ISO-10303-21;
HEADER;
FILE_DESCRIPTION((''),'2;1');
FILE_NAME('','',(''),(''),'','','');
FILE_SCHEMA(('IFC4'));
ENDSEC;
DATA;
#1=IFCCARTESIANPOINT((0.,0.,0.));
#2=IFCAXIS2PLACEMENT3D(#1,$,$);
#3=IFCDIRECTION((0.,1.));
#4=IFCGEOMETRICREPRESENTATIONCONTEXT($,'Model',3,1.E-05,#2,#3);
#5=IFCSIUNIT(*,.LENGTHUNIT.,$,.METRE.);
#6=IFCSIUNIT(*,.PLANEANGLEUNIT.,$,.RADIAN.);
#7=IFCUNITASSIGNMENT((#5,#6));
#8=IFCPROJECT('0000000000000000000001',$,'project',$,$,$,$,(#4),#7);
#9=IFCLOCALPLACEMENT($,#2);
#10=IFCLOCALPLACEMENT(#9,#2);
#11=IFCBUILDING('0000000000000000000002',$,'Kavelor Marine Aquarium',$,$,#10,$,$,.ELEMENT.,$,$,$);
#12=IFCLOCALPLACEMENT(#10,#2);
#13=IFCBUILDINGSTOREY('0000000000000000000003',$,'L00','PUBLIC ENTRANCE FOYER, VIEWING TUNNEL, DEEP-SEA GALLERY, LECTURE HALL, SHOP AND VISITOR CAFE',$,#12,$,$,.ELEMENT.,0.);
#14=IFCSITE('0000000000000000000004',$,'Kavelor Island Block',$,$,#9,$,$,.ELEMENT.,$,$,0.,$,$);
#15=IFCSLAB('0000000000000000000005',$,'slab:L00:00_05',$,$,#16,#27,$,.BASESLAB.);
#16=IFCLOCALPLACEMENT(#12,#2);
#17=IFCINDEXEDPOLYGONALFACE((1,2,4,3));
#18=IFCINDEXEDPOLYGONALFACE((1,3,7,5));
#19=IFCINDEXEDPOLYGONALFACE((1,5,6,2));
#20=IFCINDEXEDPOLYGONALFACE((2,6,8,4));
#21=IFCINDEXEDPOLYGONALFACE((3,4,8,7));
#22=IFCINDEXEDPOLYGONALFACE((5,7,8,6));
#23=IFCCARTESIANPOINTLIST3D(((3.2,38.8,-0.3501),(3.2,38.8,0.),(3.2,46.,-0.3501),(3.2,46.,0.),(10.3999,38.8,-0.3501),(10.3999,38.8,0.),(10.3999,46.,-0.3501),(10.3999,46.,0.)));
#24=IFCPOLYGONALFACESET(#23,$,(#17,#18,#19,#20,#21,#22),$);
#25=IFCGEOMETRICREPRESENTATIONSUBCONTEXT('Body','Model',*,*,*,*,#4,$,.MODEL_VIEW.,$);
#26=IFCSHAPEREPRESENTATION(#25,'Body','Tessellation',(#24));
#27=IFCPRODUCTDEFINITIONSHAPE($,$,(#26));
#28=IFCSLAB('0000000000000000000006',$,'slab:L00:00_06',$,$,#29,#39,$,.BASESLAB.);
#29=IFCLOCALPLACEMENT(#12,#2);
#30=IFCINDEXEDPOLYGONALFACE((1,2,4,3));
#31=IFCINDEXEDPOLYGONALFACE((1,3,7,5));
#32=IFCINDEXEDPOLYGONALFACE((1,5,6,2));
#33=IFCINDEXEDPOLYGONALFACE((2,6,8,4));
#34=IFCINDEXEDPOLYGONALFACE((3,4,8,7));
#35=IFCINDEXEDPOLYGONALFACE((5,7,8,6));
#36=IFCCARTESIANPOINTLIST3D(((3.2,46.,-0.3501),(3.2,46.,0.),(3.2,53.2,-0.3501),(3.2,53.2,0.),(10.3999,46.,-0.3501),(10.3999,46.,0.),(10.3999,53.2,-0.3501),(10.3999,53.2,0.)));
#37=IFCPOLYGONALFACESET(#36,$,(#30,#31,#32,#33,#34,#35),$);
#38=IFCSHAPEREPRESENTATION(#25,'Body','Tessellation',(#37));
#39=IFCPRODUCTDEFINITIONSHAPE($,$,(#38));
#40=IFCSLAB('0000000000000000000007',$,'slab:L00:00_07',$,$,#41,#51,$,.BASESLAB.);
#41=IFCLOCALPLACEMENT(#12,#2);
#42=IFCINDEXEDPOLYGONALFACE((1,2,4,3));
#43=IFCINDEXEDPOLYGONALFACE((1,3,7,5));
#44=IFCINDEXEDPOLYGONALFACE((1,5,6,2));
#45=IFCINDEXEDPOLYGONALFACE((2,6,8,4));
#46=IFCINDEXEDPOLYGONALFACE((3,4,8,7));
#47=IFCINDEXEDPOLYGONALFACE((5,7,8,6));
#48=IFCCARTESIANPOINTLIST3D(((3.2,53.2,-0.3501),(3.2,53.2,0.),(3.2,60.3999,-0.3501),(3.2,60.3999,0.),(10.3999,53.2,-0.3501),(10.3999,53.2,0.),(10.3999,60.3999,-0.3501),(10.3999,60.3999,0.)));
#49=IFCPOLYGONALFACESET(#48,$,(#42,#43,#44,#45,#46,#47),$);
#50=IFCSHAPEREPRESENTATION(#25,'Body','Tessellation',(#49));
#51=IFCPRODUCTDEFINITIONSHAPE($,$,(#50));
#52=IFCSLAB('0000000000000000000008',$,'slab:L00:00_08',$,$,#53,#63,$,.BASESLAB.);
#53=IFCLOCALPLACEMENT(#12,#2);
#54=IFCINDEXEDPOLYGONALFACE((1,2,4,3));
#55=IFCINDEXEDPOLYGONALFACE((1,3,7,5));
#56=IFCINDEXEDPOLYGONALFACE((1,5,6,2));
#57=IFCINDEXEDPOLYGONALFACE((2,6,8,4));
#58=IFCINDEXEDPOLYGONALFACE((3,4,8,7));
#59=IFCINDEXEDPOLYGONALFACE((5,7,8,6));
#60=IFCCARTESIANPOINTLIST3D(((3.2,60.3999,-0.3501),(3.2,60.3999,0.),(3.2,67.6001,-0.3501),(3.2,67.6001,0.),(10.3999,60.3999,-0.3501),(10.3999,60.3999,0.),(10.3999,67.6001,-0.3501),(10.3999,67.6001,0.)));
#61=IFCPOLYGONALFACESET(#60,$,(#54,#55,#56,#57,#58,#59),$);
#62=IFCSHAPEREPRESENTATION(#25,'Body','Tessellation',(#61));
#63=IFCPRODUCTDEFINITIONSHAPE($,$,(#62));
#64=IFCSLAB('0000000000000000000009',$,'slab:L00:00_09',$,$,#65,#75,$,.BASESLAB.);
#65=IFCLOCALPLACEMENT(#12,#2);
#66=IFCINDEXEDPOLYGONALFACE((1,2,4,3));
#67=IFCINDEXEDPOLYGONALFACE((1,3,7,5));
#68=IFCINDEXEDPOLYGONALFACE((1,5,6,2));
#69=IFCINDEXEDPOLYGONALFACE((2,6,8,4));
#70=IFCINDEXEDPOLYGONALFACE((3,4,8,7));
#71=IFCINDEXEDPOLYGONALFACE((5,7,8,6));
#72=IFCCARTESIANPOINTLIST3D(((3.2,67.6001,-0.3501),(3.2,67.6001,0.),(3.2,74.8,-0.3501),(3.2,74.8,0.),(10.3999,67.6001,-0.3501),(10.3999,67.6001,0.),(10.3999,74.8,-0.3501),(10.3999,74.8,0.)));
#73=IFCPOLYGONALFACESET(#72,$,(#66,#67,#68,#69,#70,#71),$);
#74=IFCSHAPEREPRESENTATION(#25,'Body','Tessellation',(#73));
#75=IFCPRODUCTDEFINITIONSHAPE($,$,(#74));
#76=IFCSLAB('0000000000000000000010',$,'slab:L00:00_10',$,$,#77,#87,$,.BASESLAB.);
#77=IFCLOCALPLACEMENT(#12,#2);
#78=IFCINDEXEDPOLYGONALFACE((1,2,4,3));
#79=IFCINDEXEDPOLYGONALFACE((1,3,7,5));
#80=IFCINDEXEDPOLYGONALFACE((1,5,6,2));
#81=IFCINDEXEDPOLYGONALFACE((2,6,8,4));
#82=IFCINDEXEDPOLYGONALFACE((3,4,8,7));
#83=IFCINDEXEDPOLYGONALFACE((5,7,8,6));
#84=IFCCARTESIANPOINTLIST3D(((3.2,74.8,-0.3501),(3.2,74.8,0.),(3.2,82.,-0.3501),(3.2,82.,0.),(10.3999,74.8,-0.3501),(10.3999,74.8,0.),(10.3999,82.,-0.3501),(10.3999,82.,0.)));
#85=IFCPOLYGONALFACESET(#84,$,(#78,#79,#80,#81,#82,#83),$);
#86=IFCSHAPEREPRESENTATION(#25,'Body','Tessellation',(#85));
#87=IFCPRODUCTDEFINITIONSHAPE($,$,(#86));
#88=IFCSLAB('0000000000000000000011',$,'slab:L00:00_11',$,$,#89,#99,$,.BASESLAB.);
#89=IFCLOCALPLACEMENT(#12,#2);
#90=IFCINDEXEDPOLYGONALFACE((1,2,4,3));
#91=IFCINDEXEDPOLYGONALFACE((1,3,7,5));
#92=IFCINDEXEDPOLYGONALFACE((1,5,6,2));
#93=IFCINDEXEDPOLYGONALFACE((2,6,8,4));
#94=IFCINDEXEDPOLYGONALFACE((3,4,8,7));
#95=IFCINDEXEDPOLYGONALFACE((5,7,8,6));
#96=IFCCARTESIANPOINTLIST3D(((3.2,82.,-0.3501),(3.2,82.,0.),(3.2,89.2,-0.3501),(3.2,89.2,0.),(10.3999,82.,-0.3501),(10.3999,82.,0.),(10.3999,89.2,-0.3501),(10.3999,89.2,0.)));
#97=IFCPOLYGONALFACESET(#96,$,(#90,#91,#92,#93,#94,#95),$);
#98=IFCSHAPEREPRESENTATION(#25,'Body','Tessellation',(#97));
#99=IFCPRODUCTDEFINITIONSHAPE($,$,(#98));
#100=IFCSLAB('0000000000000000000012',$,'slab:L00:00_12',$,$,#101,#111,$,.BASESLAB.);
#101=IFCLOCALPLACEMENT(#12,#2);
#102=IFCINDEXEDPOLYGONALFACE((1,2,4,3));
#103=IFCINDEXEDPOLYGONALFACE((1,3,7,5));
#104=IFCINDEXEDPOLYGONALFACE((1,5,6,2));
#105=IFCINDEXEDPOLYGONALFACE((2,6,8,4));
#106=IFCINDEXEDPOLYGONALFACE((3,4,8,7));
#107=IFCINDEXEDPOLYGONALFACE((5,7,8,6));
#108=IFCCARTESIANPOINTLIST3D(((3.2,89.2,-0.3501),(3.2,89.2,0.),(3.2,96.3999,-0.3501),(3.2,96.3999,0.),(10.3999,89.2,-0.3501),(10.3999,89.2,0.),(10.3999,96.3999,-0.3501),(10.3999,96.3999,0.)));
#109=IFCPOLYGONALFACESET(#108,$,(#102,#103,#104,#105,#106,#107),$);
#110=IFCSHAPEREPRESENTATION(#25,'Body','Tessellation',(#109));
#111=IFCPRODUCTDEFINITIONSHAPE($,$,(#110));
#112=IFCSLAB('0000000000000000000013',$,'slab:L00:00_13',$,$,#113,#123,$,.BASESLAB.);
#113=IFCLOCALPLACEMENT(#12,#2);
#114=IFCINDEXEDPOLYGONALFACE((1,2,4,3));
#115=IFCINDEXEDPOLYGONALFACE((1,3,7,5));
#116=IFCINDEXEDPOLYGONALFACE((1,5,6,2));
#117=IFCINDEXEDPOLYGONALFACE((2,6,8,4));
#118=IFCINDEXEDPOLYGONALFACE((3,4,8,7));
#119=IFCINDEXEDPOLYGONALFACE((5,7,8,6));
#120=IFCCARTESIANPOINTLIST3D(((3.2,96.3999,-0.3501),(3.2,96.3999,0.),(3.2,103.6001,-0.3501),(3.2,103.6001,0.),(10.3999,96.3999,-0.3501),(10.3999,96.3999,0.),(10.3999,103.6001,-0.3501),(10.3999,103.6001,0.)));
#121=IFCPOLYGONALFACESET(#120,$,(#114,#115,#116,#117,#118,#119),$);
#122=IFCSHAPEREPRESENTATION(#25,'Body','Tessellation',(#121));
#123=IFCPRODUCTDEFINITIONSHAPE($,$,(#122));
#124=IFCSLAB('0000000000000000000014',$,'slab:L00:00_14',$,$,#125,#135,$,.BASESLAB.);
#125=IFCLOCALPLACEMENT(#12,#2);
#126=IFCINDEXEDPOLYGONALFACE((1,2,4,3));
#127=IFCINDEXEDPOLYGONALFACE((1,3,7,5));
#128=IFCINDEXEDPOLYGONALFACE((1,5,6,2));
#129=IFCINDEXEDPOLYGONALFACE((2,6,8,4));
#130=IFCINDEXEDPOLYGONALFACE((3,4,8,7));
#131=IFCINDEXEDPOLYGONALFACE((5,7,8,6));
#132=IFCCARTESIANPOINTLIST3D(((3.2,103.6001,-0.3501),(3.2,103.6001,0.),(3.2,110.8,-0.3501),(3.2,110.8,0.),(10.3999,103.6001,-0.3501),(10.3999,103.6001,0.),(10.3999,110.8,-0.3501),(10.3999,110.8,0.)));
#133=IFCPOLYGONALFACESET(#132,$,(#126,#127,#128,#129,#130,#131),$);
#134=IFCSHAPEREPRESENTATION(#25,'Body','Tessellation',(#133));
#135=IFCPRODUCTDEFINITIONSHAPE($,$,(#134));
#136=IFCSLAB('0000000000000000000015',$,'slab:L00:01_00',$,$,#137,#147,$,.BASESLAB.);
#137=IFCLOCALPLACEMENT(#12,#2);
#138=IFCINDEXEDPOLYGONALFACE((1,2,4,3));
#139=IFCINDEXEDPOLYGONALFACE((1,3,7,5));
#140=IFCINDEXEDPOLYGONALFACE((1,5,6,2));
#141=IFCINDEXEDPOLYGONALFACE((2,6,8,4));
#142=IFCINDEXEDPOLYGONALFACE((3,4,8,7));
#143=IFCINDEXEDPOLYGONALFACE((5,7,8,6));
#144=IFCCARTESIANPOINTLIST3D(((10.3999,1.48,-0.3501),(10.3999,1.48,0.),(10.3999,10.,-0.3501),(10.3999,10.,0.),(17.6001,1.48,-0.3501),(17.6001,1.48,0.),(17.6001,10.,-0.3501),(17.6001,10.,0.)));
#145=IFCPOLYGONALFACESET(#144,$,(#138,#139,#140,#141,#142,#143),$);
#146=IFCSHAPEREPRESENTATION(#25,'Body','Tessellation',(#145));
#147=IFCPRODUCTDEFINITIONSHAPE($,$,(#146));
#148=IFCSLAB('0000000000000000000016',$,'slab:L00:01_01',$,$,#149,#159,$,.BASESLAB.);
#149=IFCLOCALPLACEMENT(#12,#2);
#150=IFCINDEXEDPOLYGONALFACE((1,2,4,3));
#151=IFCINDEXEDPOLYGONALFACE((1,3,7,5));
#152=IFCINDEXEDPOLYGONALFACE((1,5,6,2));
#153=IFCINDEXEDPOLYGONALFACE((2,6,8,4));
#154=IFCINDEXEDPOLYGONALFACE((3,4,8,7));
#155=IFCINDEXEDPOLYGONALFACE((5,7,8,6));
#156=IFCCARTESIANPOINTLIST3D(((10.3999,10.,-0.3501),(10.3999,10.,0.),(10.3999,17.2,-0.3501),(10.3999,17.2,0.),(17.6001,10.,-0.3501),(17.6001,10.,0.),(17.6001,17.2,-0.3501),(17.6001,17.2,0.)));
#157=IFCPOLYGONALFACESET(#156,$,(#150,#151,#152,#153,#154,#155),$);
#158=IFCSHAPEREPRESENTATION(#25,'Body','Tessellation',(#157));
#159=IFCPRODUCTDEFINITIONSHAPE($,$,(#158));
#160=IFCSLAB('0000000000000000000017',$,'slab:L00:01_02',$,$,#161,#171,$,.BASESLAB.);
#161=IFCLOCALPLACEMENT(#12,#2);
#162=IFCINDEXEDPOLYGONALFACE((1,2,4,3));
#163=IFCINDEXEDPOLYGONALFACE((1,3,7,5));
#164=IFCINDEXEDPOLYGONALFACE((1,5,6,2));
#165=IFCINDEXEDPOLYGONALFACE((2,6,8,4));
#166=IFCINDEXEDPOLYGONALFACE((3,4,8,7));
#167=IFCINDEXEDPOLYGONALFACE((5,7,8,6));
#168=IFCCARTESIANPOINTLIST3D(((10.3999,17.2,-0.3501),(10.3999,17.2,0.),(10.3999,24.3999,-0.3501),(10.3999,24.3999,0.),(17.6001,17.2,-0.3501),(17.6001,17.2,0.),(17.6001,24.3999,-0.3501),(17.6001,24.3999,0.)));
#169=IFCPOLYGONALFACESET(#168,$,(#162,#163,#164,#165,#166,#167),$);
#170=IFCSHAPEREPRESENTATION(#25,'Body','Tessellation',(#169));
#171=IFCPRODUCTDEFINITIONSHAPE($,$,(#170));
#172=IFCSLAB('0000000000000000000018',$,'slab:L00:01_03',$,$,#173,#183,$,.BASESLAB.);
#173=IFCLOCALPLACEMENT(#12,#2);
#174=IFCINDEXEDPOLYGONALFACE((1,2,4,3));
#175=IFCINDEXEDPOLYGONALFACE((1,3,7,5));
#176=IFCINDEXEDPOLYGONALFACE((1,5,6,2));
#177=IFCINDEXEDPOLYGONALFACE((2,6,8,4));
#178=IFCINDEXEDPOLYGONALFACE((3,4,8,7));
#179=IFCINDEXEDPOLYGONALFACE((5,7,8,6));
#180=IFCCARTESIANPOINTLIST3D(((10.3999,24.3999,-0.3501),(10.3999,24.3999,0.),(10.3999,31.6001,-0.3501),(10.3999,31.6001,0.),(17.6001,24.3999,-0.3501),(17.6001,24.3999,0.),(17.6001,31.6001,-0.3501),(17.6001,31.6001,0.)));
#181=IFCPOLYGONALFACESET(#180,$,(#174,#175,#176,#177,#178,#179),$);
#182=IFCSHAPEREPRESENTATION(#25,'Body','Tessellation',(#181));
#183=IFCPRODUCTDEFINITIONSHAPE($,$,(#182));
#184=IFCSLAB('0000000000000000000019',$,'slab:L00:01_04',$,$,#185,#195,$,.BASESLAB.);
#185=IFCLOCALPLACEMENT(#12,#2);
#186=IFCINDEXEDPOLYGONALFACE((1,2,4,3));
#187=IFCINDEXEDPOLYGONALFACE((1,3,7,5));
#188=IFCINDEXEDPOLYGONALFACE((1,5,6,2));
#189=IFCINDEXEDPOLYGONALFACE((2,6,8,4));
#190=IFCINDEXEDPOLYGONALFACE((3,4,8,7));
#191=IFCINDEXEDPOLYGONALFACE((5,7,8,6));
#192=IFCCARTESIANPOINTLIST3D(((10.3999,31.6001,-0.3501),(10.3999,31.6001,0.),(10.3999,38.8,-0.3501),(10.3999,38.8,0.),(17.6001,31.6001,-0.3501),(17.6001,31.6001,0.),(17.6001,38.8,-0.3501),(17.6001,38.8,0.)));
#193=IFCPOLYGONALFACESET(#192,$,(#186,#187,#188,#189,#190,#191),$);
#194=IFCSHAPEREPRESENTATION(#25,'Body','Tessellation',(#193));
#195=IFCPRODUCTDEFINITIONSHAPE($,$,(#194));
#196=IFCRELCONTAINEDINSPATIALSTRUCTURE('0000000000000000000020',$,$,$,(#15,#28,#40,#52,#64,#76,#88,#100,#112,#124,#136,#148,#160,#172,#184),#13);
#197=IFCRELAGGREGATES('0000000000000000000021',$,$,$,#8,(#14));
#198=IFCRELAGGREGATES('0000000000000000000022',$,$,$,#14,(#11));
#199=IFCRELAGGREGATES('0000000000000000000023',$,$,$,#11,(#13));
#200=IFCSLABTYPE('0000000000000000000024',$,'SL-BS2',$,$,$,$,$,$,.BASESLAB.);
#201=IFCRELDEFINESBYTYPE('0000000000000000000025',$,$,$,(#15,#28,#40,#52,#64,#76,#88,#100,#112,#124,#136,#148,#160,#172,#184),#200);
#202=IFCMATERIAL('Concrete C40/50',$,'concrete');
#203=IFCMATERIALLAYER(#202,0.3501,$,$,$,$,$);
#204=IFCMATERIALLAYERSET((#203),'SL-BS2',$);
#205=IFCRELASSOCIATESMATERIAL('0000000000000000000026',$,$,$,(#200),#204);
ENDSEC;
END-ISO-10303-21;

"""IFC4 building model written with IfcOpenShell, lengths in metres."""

from ifc_helpers import new_model, si_unit, direction, frame, origin, place, context, subcontext, project, spatial, polyline, outline, extrude, material, layer, layer_set, type_object, element, save


model = new_model("IFC4")

# Units and contexts
model_context = context("Model", 3, precision=1e-05, world=origin(), true_north=direction((0.0, 1.0)))
body_context = subcontext(model_context, "Body", "Model", "MODEL_VIEW")
ifc_project = project(units=[si_unit("LENGTHUNIT", "METRE"), si_unit("PLANEANGLEUNIT", "RADIAN")], contexts=[model_context])

# Site, building, storey
site_placement = place(None, origin())
site = spatial("IfcSite", under=ifc_project, at=site_placement, Name="Kavelor Island Block", CompositionType="ELEMENT", RefElevation=0.0)
building_placement = place(site_placement, origin())
building = spatial("IfcBuilding", under=site, at=building_placement, Name="Kavelor Marine Aquarium", CompositionType="ELEMENT")
storey_placement = place(building_placement, origin())
storey = spatial("IfcBuildingStorey", under=building, at=storey_placement, Name="L00", Description="PUBLIC ENTRANCE FOYER, VIEWING TUNNEL, DEEP-SEA GALLERY, LECTURE HALL, SHOP AND VISITOR CAFE", CompositionType="ELEMENT", Elevation=0.0)

# Slabs
ifc_material = material(Name="Concrete C40/50", Category="concrete")
ifc_layer = layer(ifc_material, 0.3501)
ifc_layer_set = layer_set([ifc_layer], Name="SL-BS2")
slab_type = type_object("IfcSlabType", Name="SL-BS2", PredefinedType="BASESLAB", material=ifc_layer_set)
slab_1_placement = place(storey_placement, frame((0.0, 0.0, -0.3501)))
element("IfcSlab", 1, at=slab_1_placement, inside=storey, type_object=slab_type, Name="slab:L00:00_05", PredefinedType="BASESLAB", context=body_context, shape_type="SweptSolid", body=[
    extrude(outline(polyline([(3.2, 38.8), (10.3999, 38.8), (10.3999, 46.0), (3.2, 46.0), (3.2, 38.8)])), origin(), (0.0, 0.0, 1.0), 0.3501),
])
slab_2_placement = place(storey_placement, frame((0.0, 0.0, -0.3501)))
element("IfcSlab", 2, at=slab_2_placement, inside=storey, type_object=slab_type, Name="slab:L00:00_06", PredefinedType="BASESLAB", context=body_context, shape_type="SweptSolid", body=[
    extrude(outline(polyline([(3.2, 46.0), (10.3999, 46.0), (10.3999, 53.2), (3.2, 53.2), (3.2, 46.0)])), origin(), (0.0, 0.0, 1.0), 0.3501),
])
slab_3_placement = place(storey_placement, frame((0.0, 0.0, -0.3501)))
element("IfcSlab", 3, at=slab_3_placement, inside=storey, type_object=slab_type, Name="slab:L00:00_07", PredefinedType="BASESLAB", context=body_context, shape_type="SweptSolid", body=[
    extrude(outline(polyline([(3.2, 53.2), (10.3999, 53.2), (10.3999, 60.3999), (3.2, 60.3999), (3.2, 53.2)])), origin(), (0.0, 0.0, 1.0), 0.3501),
])
slab_4_placement = place(storey_placement, frame((0.0, 0.0, -0.3501)))
element("IfcSlab", 4, at=slab_4_placement, inside=storey, type_object=slab_type, Name="slab:L00:00_08", PredefinedType="BASESLAB", context=body_context, shape_type="SweptSolid", body=[
    extrude(outline(polyline([(3.2, 60.3999), (10.3999, 60.3999), (10.3999, 67.6001), (3.2, 67.6001), (3.2, 60.3999)])), origin(), (0.0, 0.0, 1.0), 0.3501),
])
slab_5_placement = place(storey_placement, frame((0.0, 0.0, -0.3501)))
element("IfcSlab", 5, at=slab_5_placement, inside=storey, type_object=slab_type, Name="slab:L00:00_09", PredefinedType="BASESLAB", context=body_context, shape_type="SweptSolid", body=[
    extrude(outline(polyline([(3.2, 67.6001), (10.3999, 67.6001), (10.3999, 74.8), (3.2, 74.8), (3.2, 67.6001)])), origin(), (0.0, 0.0, 1.0), 0.3501),
])
slab_6_placement = place(storey_placement, frame((0.0, 0.0, -0.3501)))
element("IfcSlab", 6, at=slab_6_placement, inside=storey, type_object=slab_type, Name="slab:L00:00_10", PredefinedType="BASESLAB", context=body_context, shape_type="SweptSolid", body=[
    extrude(outline(polyline([(3.2, 74.8), (10.3999, 74.8), (10.3999, 82.0), (3.2, 82.0), (3.2, 74.8)])), origin(), (0.0, 0.0, 1.0), 0.3501),
])
slab_7_placement = place(storey_placement, frame((0.0, 0.0, -0.3501)))
element("IfcSlab", 7, at=slab_7_placement, inside=storey, type_object=slab_type, Name="slab:L00:00_11", PredefinedType="BASESLAB", context=body_context, shape_type="SweptSolid", body=[
    extrude(outline(polyline([(3.2, 82.0), (10.3999, 82.0), (10.3999, 89.2), (3.2, 89.2), (3.2, 82.0)])), origin(), (0.0, 0.0, 1.0), 0.3501),
])
slab_8_placement = place(storey_placement, frame((0.0, 0.0, -0.3501)))
element("IfcSlab", 8, at=slab_8_placement, inside=storey, type_object=slab_type, Name="slab:L00:00_12", PredefinedType="BASESLAB", context=body_context, shape_type="SweptSolid", body=[
    extrude(outline(polyline([(3.2, 89.2), (10.3999, 89.2), (10.3999, 96.3999), (3.2, 96.3999), (3.2, 89.2)])), origin(), (0.0, 0.0, 1.0), 0.3501),
])
slab_9_placement = place(storey_placement, frame((0.0, 0.0, -0.3501)))
element("IfcSlab", 9, at=slab_9_placement, inside=storey, type_object=slab_type, Name="slab:L00:00_13", PredefinedType="BASESLAB", context=body_context, shape_type="SweptSolid", body=[
    extrude(outline(polyline([(3.2, 96.3999), (10.3999, 96.3999), (10.3999, 103.6001), (3.2, 103.6001), (3.2, 96.3999)])), origin(), (0.0, 0.0, 1.0), 0.3501),
])
slab_10_placement = place(storey_placement, frame((0.0, 0.0, -0.3501)))
element("IfcSlab", 10, at=slab_10_placement, inside=storey, type_object=slab_type, Name="slab:L00:00_14", PredefinedType="BASESLAB", context=body_context, shape_type="SweptSolid", body=[
    extrude(outline(polyline([(3.2, 103.6001), (10.3999, 103.6001), (10.3999, 110.8), (3.2, 110.8), (3.2, 103.6001)])), origin(), (0.0, 0.0, 1.0), 0.3501),
])
slab_11_placement = place(storey_placement, frame((0.0, 0.0, -0.3501)))
element("IfcSlab", 11, at=slab_11_placement, inside=storey, type_object=slab_type, Name="slab:L00:01_00", PredefinedType="BASESLAB", context=body_context, shape_type="SweptSolid", body=[
    extrude(outline(polyline([(10.3999, 1.48), (17.6001, 1.48), (17.6001, 10.0), (10.3999, 10.0), (10.3999, 1.48)])), origin(), (0.0, 0.0, 1.0), 0.3501),
])
slab_12_placement = place(storey_placement, frame((0.0, 0.0, -0.3501)))
element("IfcSlab", 12, at=slab_12_placement, inside=storey, type_object=slab_type, Name="slab:L00:01_01", PredefinedType="BASESLAB", context=body_context, shape_type="SweptSolid", body=[
    extrude(outline(polyline([(10.3999, 10.0), (17.6001, 10.0), (17.6001, 17.2), (10.3999, 17.2), (10.3999, 10.0)])), origin(), (0.0, 0.0, 1.0), 0.3501),
])
slab_13_placement = place(storey_placement, frame((0.0, 0.0, -0.3501)))
element("IfcSlab", 13, at=slab_13_placement, inside=storey, type_object=slab_type, Name="slab:L00:01_02", PredefinedType="BASESLAB", context=body_context, shape_type="SweptSolid", body=[
    extrude(outline(polyline([(10.3999, 17.2), (17.6001, 17.2), (17.6001, 24.3999), (10.3999, 24.3999), (10.3999, 17.2)])), origin(), (0.0, 0.0, 1.0), 0.3501),
])
slab_14_placement = place(storey_placement, frame((0.0, 0.0, -0.3501)))
element("IfcSlab", 14, at=slab_14_placement, inside=storey, type_object=slab_type, Name="slab:L00:01_03", PredefinedType="BASESLAB", context=body_context, shape_type="SweptSolid", body=[
    extrude(outline(polyline([(10.3999, 24.3999), (17.6001, 24.3999), (17.6001, 31.6001), (10.3999, 31.6001), (10.3999, 24.3999)])), origin(), (0.0, 0.0, 1.0), 0.3501),
])
slab_15_placement = place(storey_placement, frame((0.0, 0.0, -0.3501)))
element("IfcSlab", 15, at=slab_15_placement, inside=storey, type_object=slab_type, Name="slab:L00:01_04", PredefinedType="BASESLAB", context=body_context, shape_type="SweptSolid", body=[
    extrude(outline(polyline([(10.3999, 31.6001), (17.6001, 31.6001), (17.6001, 38.8), (10.3999, 38.8), (10.3999, 31.6001)])), origin(), (0.0, 0.0, 1.0), 0.3501),
])

save(model, "model.ifc")
